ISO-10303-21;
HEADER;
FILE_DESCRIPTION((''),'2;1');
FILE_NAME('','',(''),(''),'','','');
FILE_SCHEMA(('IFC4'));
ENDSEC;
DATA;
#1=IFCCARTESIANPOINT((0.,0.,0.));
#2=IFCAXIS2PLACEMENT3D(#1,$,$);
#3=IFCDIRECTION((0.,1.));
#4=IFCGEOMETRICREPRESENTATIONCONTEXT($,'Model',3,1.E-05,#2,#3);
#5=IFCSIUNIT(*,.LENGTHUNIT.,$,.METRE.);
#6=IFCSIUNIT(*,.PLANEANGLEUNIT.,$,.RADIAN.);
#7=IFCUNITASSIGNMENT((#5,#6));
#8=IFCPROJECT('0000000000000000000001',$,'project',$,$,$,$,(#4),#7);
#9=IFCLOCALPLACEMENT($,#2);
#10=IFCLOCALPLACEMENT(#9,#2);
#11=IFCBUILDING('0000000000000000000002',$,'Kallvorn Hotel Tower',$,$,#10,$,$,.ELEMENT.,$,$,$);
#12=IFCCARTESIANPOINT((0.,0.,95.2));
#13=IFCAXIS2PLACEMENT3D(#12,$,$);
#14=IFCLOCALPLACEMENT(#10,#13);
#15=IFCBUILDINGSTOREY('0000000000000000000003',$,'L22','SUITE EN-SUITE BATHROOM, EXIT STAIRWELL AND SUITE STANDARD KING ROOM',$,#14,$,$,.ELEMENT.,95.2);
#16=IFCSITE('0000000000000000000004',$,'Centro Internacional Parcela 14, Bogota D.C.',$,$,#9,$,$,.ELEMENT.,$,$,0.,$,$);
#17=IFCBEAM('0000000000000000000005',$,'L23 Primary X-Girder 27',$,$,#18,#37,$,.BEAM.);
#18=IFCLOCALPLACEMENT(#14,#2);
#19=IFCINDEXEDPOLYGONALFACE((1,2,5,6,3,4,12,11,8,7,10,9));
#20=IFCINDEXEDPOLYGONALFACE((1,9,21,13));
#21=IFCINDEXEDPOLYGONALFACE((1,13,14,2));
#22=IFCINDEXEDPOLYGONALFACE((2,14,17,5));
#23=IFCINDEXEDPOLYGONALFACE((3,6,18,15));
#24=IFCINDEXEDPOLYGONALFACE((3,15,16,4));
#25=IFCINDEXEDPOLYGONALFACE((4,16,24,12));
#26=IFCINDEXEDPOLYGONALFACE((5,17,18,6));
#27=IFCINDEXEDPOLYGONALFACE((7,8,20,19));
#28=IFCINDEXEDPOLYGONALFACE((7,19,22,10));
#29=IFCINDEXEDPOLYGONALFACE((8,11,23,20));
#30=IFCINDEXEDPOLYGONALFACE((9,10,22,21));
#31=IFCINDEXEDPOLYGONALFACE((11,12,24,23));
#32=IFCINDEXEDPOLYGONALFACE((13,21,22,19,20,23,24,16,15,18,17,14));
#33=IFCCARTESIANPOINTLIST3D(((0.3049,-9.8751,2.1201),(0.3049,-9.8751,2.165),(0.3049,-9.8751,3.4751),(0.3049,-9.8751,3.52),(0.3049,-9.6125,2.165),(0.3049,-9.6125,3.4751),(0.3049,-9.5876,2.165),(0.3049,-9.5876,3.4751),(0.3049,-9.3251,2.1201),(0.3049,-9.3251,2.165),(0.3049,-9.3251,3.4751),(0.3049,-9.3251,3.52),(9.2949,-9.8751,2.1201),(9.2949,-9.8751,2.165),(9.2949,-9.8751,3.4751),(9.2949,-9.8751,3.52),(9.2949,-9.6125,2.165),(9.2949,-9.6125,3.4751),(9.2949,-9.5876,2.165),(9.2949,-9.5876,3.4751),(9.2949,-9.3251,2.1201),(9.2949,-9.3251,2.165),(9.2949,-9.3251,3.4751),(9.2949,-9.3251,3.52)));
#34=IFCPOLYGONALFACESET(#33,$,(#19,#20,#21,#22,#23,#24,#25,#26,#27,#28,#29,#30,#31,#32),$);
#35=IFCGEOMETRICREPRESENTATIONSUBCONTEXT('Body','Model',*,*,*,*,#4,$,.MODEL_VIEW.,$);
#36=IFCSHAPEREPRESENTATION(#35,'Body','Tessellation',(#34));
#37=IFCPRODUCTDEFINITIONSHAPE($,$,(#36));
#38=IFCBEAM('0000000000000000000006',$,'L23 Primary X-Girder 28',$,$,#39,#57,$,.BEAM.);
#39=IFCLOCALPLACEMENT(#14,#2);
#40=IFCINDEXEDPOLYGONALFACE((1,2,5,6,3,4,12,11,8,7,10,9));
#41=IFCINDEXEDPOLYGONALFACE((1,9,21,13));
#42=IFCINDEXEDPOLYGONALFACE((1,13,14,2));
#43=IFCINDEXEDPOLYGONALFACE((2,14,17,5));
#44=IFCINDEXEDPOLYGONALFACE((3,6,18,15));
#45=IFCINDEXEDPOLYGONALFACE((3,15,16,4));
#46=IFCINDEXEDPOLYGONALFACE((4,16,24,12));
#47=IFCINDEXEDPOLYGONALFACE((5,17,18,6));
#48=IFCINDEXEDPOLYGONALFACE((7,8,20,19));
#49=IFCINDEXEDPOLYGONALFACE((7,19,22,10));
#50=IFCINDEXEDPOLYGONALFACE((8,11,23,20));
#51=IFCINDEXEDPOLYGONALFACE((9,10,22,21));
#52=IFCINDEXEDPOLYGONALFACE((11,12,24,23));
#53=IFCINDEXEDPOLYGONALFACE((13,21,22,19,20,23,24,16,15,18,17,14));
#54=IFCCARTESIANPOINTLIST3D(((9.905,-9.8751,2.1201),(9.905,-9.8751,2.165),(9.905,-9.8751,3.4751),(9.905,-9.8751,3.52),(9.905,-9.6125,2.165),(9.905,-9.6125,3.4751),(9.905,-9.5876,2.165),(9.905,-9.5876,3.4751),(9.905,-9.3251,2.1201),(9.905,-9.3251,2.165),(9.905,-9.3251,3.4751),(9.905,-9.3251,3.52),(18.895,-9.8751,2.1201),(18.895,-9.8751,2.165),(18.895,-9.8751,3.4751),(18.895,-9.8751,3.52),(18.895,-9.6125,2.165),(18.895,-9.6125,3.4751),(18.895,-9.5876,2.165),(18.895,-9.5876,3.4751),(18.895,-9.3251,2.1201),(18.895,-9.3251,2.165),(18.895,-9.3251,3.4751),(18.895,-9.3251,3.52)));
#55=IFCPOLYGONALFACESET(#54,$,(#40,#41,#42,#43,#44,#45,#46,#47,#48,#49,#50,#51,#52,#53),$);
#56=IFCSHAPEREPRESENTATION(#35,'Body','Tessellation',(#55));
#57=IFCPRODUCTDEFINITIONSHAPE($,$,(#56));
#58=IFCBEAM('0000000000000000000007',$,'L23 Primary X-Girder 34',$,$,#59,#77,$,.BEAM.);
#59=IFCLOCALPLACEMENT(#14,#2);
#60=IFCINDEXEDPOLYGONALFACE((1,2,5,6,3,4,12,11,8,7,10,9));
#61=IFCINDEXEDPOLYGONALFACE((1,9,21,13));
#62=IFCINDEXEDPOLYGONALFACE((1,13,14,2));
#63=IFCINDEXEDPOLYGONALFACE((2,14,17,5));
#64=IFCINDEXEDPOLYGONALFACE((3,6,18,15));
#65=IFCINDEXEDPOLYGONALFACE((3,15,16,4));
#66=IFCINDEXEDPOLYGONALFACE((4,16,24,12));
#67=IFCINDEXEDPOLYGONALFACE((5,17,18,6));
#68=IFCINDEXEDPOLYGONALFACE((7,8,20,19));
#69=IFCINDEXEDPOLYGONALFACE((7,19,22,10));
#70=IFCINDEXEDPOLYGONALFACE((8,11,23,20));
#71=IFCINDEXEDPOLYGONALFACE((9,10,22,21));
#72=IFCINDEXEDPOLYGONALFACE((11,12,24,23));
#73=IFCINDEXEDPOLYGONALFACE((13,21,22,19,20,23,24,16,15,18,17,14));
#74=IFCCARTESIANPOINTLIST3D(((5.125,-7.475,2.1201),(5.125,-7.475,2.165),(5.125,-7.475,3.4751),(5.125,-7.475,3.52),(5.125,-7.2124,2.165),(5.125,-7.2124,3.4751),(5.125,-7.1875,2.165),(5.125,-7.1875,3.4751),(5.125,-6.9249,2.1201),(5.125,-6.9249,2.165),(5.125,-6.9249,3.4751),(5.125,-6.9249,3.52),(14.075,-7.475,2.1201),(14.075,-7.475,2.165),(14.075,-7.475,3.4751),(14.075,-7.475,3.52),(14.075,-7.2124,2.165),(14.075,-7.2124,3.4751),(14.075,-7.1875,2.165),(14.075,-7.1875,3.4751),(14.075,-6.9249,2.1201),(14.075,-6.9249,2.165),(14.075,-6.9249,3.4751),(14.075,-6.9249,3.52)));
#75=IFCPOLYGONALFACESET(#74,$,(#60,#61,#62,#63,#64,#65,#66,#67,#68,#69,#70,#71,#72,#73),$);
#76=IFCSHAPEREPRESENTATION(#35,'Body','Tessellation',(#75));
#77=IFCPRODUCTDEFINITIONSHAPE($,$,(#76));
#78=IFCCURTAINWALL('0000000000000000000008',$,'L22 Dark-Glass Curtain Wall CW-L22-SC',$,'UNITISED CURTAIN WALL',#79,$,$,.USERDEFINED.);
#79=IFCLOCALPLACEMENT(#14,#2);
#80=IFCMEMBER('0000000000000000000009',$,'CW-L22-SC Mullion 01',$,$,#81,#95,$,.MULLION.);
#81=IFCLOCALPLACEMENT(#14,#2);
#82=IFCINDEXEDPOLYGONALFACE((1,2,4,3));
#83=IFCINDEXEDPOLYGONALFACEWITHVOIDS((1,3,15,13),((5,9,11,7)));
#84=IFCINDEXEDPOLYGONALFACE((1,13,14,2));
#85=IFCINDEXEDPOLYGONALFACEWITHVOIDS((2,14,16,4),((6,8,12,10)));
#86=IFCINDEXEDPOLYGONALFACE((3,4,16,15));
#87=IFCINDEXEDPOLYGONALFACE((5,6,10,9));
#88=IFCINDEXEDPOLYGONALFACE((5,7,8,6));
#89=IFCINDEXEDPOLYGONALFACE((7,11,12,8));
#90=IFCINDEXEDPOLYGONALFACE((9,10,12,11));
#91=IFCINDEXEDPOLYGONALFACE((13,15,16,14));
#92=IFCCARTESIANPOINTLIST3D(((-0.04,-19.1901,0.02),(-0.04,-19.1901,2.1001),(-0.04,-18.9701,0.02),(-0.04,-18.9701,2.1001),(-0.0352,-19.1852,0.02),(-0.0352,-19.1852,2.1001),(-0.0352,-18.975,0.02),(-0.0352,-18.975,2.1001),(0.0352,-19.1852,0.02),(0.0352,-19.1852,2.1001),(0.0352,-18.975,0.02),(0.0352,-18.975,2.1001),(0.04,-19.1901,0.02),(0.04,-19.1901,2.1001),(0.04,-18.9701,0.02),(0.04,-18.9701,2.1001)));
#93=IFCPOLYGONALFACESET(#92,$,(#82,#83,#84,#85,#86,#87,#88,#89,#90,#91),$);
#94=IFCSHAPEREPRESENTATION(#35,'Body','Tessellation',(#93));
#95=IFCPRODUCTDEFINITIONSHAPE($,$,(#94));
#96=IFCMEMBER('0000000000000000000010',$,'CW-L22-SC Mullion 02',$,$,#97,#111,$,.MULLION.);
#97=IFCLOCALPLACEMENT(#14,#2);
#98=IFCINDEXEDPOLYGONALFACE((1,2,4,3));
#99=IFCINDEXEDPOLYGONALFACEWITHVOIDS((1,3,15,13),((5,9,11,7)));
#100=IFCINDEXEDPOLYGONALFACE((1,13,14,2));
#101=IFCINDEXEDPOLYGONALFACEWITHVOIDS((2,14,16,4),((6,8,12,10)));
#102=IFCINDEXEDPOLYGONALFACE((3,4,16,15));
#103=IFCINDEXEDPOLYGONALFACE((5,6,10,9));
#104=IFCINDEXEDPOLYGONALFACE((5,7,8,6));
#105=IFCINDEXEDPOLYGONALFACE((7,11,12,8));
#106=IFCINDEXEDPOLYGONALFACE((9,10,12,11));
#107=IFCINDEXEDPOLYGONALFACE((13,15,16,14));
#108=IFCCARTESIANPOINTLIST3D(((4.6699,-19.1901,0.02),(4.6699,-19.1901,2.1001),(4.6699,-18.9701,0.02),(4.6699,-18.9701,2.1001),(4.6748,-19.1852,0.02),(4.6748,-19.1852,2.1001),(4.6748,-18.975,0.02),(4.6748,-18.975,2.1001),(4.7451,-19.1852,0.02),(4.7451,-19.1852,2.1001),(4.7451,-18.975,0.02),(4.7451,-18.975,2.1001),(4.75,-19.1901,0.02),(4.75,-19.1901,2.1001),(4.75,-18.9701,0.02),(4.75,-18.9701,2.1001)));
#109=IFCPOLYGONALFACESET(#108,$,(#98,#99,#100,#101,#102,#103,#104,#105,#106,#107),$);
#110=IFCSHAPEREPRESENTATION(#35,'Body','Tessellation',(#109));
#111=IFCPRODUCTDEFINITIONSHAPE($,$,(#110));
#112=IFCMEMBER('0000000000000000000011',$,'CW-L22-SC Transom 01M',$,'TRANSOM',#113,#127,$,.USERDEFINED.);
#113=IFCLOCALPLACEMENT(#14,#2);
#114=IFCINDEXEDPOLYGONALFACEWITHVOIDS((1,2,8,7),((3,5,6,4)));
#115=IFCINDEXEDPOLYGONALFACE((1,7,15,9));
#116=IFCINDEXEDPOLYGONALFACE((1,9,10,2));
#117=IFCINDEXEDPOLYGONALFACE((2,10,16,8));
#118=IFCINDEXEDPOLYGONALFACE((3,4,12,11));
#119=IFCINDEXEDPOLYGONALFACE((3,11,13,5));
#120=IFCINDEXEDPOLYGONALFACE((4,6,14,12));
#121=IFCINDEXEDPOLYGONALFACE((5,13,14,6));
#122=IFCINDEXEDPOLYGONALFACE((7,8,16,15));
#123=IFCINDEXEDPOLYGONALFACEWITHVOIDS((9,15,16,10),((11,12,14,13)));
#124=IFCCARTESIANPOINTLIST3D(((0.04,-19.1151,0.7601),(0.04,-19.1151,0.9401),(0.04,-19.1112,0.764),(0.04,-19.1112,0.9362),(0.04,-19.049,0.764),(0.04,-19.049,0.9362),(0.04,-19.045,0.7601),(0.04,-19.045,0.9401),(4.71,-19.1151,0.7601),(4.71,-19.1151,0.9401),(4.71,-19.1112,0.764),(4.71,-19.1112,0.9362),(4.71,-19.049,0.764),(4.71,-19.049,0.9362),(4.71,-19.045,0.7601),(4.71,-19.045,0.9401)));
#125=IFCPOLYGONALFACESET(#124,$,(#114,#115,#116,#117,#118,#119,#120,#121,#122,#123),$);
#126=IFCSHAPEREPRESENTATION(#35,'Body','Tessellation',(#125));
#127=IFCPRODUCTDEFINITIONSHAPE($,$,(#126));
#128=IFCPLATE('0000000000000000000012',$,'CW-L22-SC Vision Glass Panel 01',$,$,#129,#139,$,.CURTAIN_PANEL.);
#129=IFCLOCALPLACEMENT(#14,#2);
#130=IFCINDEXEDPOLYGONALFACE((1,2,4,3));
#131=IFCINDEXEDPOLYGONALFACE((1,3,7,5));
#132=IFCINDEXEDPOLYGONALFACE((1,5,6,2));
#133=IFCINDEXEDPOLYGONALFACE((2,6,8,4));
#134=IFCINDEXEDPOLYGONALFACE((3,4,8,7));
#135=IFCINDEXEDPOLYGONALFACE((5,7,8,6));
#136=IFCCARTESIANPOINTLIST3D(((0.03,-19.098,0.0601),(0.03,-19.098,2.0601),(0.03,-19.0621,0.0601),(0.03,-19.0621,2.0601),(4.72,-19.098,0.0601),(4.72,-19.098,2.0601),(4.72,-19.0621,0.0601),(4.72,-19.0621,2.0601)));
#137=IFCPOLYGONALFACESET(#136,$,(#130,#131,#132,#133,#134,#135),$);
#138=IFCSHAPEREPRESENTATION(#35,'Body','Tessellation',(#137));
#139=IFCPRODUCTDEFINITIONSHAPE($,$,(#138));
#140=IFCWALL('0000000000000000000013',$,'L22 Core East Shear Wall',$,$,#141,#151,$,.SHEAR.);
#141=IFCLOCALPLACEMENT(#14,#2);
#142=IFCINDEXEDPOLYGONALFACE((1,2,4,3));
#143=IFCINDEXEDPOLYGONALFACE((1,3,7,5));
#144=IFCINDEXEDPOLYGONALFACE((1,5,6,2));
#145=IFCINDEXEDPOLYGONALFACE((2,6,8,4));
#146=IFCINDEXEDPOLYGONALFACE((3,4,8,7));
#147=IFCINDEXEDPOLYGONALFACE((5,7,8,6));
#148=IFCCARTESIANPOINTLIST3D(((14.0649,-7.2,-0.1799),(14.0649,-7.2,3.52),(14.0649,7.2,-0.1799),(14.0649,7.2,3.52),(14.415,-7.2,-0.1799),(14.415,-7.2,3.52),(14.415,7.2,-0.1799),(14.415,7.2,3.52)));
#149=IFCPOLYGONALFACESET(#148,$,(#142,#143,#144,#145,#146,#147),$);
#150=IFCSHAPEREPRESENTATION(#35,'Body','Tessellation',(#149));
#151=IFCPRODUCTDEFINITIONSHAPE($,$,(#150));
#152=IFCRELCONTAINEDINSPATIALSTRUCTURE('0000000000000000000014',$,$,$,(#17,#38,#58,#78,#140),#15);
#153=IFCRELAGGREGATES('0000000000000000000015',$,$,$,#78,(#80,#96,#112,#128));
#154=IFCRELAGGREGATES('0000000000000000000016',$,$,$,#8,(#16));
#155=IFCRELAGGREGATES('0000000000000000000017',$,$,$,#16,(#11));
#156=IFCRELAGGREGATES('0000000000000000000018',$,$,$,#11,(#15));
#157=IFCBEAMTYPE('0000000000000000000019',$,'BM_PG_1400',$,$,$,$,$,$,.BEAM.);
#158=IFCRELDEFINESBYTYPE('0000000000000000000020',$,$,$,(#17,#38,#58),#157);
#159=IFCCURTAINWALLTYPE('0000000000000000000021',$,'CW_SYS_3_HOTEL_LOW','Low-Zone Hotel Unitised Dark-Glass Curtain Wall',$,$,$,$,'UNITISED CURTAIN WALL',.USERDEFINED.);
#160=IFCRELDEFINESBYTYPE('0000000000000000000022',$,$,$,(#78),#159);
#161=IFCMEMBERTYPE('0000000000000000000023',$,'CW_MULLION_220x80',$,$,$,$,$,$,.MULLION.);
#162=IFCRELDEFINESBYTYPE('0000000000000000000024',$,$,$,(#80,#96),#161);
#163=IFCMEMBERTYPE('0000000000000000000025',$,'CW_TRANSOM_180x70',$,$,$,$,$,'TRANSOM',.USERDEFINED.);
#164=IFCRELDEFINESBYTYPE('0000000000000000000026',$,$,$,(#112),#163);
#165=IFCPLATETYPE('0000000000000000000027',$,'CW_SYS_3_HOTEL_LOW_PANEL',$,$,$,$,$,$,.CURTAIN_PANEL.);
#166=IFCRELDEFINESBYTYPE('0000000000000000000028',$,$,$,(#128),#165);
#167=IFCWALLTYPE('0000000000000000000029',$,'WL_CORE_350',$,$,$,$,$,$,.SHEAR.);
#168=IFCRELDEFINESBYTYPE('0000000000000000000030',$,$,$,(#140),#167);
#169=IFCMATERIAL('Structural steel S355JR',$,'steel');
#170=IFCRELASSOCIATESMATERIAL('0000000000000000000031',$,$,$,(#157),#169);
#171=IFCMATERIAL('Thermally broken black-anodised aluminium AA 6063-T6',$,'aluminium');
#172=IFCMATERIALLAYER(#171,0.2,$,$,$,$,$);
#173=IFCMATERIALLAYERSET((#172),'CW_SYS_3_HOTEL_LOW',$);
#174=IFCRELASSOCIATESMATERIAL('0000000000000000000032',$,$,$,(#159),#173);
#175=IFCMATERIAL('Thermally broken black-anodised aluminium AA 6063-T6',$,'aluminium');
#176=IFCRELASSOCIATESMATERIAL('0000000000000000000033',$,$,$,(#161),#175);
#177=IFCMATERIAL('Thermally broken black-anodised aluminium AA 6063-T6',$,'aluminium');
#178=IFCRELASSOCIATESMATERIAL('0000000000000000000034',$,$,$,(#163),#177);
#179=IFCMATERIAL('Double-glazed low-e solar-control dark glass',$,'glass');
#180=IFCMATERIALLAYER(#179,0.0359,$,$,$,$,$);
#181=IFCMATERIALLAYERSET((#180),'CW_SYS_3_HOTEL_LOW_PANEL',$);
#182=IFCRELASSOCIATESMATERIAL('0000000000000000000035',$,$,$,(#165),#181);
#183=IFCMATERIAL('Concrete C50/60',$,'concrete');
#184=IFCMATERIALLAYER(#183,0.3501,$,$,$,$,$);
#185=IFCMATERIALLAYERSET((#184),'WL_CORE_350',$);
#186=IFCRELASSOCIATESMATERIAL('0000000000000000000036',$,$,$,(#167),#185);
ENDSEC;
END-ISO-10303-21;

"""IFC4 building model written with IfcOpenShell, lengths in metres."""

from ifc_helpers import new_model, si_unit, direction, frame, frame_2d, origin, origin_2d, place, context, subcontext, project, spatial, rectangle, hollow_rectangle, i_section, extrude, material, layer, layer_set, material_profile, profile_set, type_object, element, aggregate, save


model = new_model("IFC4")

# Units and contexts
model_context = context("Model", 3, precision=1e-05, world=origin(), true_north=direction((0.0, 1.0)))
body_context = subcontext(model_context, "Body", "Model", "MODEL_VIEW")
ifc_project = project(units=[si_unit("LENGTHUNIT", "METRE"), si_unit("PLANEANGLEUNIT", "RADIAN")], contexts=[model_context])

# Site, building, storey
site_placement = place(None, origin())
site = spatial("IfcSite", under=ifc_project, at=site_placement, Name="Centro Internacional Parcela 14, Bogota D.C.", CompositionType="ELEMENT", RefElevation=0.0)
building_placement = place(site_placement, origin())
building = spatial("IfcBuilding", under=site, at=building_placement, Name="Kallvorn Hotel Tower", CompositionType="ELEMENT")
storey_placement = place(building_placement, frame((0.0, 0.0, 95.2)))
storey = spatial("IfcBuildingStorey", under=building, at=storey_placement, Name="L22", Description="SUITE EN-SUITE BATHROOM, EXIT STAIRWELL AND SUITE STANDARD KING ROOM", CompositionType="ELEMENT", Elevation=95.2)

# Beams
ifc_material_1 = material(Name="Structural steel S355JR", Category="steel")
ifc_material_profile_1 = material_profile(ifc_material_1, i_section(OverallWidth=0.55, OverallDepth=1.3999, WebThickness=0.0249, FlangeThickness=0.0449, at=origin_2d()), Name="PG 1400x550x25x45")
ifc_profile_set_1 = profile_set([ifc_material_profile_1], Name="Structural steel S355JR")
beam_type_1 = type_object("IfcBeamType", Name="BM_PG_1400", PredefinedType="BEAM", material=ifc_profile_set_1)
for number, where, z_axis, x_axis, name in (
    (1, (0.3049, -9.6001, 2.8201), (1.0, 0.0, 0.0), (0.0, 1.0, 0.0), "L23 Primary X-Girder 27"),
    (2, (9.905, -9.6001, 2.8201), (1.0, 0.0, 0.0), (0.0, 1.0, 0.0), "L23 Primary X-Girder 28"),
):
    element("IfcBeam", number, at=place(storey_placement, frame(where, z_axis=z_axis, x_axis=x_axis)), inside=storey, type_object=beam_type_1, Name=name, PredefinedType="BEAM", context=body_context, shape_type="SweptSolid", body=[
        extrude(i_section(OverallWidth=0.55, OverallDepth=1.3999, WebThickness=0.0249, FlangeThickness=0.0449, at=origin_2d()), origin(), (0.0, 0.0, 1.0), 8.99),
    ])
beam_1_placement = place(storey_placement, frame((5.125, -7.2, 2.8201), z_axis=(1.0, 0.0, 0.0), x_axis=(0.0, 1.0, 0.0)))
element("IfcBeam", 3, at=beam_1_placement, inside=storey, type_object=beam_type_1, Name="L23 Primary X-Girder 34", PredefinedType="BEAM", context=body_context, shape_type="SweptSolid", body=[
    extrude(i_section(OverallWidth=0.55, OverallDepth=1.3999, WebThickness=0.0249, FlangeThickness=0.0449, at=origin_2d()), origin(), (0.0, 0.0, 1.0), 8.95),
])

# Curtain wall, members, plate
ifc_material_2 = material(Name="Thermally broken black-anodised aluminium AA 6063-T6", Category="aluminium")
ifc_layer_1 = layer(ifc_material_2, 0.2)
ifc_layer_set_1 = layer_set([ifc_layer_1], Name="CW_SYS_3_HOTEL_LOW")
curtain_wall_type = type_object("IfcCurtainWallType", Name="CW_SYS_3_HOTEL_LOW", Description="Low-Zone Hotel Unitised Dark-Glass Curtain Wall", ElementType="UNITISED CURTAIN WALL", PredefinedType="USERDEFINED", material=ifc_layer_set_1)
curtain_wall_placement = place(storey_placement, origin())
curtain_wall = element("IfcCurtainWall", 4, at=curtain_wall_placement, inside=storey, type_object=curtain_wall_type, Name="L22 Dark-Glass Curtain Wall CW-L22-SC", ObjectType="UNITISED CURTAIN WALL", PredefinedType="USERDEFINED")
ifc_material_3 = material(Name="Thermally broken black-anodised aluminium AA 6063-T6", Category="aluminium")
ifc_material_profile_2 = material_profile(ifc_material_3, hollow_rectangle(XDim=0.0801, YDim=0.22, WallThickness=0.0049, at=origin_2d()), Name="MUL 220x80")
ifc_profile_set_2 = profile_set([ifc_material_profile_2], Name="Thermally broken black-anodised aluminium AA 6063-T6")
member_type_1 = type_object("IfcMemberType", Name="CW_MULLION_220x80", PredefinedType="MULLION", material=ifc_profile_set_2)
member_1_placement = place(storey_placement, frame((0.0, -19.0801, 0.02), z_axis=(0.0, 0.0, 1.0), x_axis=(1.0, 0.0, 0.0)))
member_1 = element("IfcMember", 5, at=member_1_placement, type_object=member_type_1, Name="CW-L22-SC Mullion 01", PredefinedType="MULLION", context=body_context, shape_type="SweptSolid", body=[
    extrude(hollow_rectangle(XDim=0.0801, YDim=0.22, WallThickness=0.0049, at=origin_2d()), origin(), (0.0, 0.0, 1.0), 2.0801),
])
member_2_placement = place(storey_placement, frame((4.71, -19.0801, 0.02), z_axis=(0.0, 0.0, 1.0), x_axis=(1.0, 0.0, 0.0)))
member_2 = element("IfcMember", 6, at=member_2_placement, type_object=member_type_1, Name="CW-L22-SC Mullion 02", PredefinedType="MULLION", context=body_context, shape_type="SweptSolid", body=[
    extrude(hollow_rectangle(XDim=0.0801, YDim=0.22, WallThickness=0.0049, at=origin_2d()), origin(), (0.0, 0.0, 1.0), 2.0801),
])
ifc_material_4 = material(Name="Thermally broken black-anodised aluminium AA 6063-T6", Category="aluminium")
ifc_material_profile_3 = material_profile(ifc_material_4, hollow_rectangle(XDim=0.0701, YDim=0.1799, WallThickness=0.0039, at=origin_2d()), Name="TRN 180x70")
ifc_profile_set_3 = profile_set([ifc_material_profile_3], Name="Thermally broken black-anodised aluminium AA 6063-T6")
member_type_2 = type_object("IfcMemberType", Name="CW_TRANSOM_180x70", ElementType="TRANSOM", PredefinedType="USERDEFINED", material=ifc_profile_set_3)
member_3_placement = place(storey_placement, frame((0.04, -19.0801, 0.8501), z_axis=(1.0, 0.0, 0.0), x_axis=(0.0, 1.0, 0.0)))
member_3 = element("IfcMember", 7, at=member_3_placement, type_object=member_type_2, Name="CW-L22-SC Transom 01M", ObjectType="TRANSOM", PredefinedType="USERDEFINED", context=body_context, shape_type="SweptSolid", body=[
    extrude(hollow_rectangle(XDim=0.0701, YDim=0.1799, WallThickness=0.0039, at=origin_2d()), origin(), (0.0, 0.0, 1.0), 4.6699),
])
ifc_material_5 = material(Name="Double-glazed low-e solar-control dark glass", Category="glass")
ifc_layer_2 = layer(ifc_material_5, 0.0359)
ifc_layer_set_2 = layer_set([ifc_layer_2], Name="CW_SYS_3_HOTEL_LOW_PANEL")
plate_type = type_object("IfcPlateType", Name="CW_SYS_3_HOTEL_LOW_PANEL", PredefinedType="CURTAIN_PANEL", material=ifc_layer_set_2)
plate_placement = place(storey_placement, frame((2.375, -19.0801, 0.0601), z_axis=(0.0, 0.0, 1.0), x_axis=(1.0, 0.0, 0.0)))
plate = element("IfcPlate", 8, at=plate_placement, type_object=plate_type, Name="CW-L22-SC Vision Glass Panel 01", PredefinedType="CURTAIN_PANEL", context=body_context, shape_type="SweptSolid", body=[
    extrude(rectangle(XDim=4.6899, YDim=0.0359, at=origin_2d()), origin(), (0.0, 0.0, 1.0), 2.0),
])
aggregate(curtain_wall, [member_1, member_2, member_3, plate])

# Wall
ifc_material_6 = material(Name="Concrete C50/60", Category="concrete")
ifc_layer_3 = layer(ifc_material_6, 0.3501)
ifc_layer_set_3 = layer_set([ifc_layer_3], Name="WL_CORE_350")
wall_type_1 = type_object("IfcWallType", Name="WL_CORE_350", PredefinedType="SHEAR", material=ifc_layer_set_3)
wall_1_placement = place(storey_placement, frame((14.24, -7.2, -0.1799), z_axis=(0.0, 0.0, 1.0), x_axis=(0.0, 1.0, 0.0)))
element("IfcWall", 9, at=wall_1_placement, inside=storey, type_object=wall_type_1, Name="L22 Core East Shear Wall", PredefinedType="SHEAR", context=body_context, shape_type="SweptSolid", body=[
    extrude(rectangle(XDim=14.3999, YDim=0.3501, at=frame_2d((7.2, 0.0))), origin(), (0.0, 0.0, 1.0), 3.7),
])

save(model, "model.ifc")
